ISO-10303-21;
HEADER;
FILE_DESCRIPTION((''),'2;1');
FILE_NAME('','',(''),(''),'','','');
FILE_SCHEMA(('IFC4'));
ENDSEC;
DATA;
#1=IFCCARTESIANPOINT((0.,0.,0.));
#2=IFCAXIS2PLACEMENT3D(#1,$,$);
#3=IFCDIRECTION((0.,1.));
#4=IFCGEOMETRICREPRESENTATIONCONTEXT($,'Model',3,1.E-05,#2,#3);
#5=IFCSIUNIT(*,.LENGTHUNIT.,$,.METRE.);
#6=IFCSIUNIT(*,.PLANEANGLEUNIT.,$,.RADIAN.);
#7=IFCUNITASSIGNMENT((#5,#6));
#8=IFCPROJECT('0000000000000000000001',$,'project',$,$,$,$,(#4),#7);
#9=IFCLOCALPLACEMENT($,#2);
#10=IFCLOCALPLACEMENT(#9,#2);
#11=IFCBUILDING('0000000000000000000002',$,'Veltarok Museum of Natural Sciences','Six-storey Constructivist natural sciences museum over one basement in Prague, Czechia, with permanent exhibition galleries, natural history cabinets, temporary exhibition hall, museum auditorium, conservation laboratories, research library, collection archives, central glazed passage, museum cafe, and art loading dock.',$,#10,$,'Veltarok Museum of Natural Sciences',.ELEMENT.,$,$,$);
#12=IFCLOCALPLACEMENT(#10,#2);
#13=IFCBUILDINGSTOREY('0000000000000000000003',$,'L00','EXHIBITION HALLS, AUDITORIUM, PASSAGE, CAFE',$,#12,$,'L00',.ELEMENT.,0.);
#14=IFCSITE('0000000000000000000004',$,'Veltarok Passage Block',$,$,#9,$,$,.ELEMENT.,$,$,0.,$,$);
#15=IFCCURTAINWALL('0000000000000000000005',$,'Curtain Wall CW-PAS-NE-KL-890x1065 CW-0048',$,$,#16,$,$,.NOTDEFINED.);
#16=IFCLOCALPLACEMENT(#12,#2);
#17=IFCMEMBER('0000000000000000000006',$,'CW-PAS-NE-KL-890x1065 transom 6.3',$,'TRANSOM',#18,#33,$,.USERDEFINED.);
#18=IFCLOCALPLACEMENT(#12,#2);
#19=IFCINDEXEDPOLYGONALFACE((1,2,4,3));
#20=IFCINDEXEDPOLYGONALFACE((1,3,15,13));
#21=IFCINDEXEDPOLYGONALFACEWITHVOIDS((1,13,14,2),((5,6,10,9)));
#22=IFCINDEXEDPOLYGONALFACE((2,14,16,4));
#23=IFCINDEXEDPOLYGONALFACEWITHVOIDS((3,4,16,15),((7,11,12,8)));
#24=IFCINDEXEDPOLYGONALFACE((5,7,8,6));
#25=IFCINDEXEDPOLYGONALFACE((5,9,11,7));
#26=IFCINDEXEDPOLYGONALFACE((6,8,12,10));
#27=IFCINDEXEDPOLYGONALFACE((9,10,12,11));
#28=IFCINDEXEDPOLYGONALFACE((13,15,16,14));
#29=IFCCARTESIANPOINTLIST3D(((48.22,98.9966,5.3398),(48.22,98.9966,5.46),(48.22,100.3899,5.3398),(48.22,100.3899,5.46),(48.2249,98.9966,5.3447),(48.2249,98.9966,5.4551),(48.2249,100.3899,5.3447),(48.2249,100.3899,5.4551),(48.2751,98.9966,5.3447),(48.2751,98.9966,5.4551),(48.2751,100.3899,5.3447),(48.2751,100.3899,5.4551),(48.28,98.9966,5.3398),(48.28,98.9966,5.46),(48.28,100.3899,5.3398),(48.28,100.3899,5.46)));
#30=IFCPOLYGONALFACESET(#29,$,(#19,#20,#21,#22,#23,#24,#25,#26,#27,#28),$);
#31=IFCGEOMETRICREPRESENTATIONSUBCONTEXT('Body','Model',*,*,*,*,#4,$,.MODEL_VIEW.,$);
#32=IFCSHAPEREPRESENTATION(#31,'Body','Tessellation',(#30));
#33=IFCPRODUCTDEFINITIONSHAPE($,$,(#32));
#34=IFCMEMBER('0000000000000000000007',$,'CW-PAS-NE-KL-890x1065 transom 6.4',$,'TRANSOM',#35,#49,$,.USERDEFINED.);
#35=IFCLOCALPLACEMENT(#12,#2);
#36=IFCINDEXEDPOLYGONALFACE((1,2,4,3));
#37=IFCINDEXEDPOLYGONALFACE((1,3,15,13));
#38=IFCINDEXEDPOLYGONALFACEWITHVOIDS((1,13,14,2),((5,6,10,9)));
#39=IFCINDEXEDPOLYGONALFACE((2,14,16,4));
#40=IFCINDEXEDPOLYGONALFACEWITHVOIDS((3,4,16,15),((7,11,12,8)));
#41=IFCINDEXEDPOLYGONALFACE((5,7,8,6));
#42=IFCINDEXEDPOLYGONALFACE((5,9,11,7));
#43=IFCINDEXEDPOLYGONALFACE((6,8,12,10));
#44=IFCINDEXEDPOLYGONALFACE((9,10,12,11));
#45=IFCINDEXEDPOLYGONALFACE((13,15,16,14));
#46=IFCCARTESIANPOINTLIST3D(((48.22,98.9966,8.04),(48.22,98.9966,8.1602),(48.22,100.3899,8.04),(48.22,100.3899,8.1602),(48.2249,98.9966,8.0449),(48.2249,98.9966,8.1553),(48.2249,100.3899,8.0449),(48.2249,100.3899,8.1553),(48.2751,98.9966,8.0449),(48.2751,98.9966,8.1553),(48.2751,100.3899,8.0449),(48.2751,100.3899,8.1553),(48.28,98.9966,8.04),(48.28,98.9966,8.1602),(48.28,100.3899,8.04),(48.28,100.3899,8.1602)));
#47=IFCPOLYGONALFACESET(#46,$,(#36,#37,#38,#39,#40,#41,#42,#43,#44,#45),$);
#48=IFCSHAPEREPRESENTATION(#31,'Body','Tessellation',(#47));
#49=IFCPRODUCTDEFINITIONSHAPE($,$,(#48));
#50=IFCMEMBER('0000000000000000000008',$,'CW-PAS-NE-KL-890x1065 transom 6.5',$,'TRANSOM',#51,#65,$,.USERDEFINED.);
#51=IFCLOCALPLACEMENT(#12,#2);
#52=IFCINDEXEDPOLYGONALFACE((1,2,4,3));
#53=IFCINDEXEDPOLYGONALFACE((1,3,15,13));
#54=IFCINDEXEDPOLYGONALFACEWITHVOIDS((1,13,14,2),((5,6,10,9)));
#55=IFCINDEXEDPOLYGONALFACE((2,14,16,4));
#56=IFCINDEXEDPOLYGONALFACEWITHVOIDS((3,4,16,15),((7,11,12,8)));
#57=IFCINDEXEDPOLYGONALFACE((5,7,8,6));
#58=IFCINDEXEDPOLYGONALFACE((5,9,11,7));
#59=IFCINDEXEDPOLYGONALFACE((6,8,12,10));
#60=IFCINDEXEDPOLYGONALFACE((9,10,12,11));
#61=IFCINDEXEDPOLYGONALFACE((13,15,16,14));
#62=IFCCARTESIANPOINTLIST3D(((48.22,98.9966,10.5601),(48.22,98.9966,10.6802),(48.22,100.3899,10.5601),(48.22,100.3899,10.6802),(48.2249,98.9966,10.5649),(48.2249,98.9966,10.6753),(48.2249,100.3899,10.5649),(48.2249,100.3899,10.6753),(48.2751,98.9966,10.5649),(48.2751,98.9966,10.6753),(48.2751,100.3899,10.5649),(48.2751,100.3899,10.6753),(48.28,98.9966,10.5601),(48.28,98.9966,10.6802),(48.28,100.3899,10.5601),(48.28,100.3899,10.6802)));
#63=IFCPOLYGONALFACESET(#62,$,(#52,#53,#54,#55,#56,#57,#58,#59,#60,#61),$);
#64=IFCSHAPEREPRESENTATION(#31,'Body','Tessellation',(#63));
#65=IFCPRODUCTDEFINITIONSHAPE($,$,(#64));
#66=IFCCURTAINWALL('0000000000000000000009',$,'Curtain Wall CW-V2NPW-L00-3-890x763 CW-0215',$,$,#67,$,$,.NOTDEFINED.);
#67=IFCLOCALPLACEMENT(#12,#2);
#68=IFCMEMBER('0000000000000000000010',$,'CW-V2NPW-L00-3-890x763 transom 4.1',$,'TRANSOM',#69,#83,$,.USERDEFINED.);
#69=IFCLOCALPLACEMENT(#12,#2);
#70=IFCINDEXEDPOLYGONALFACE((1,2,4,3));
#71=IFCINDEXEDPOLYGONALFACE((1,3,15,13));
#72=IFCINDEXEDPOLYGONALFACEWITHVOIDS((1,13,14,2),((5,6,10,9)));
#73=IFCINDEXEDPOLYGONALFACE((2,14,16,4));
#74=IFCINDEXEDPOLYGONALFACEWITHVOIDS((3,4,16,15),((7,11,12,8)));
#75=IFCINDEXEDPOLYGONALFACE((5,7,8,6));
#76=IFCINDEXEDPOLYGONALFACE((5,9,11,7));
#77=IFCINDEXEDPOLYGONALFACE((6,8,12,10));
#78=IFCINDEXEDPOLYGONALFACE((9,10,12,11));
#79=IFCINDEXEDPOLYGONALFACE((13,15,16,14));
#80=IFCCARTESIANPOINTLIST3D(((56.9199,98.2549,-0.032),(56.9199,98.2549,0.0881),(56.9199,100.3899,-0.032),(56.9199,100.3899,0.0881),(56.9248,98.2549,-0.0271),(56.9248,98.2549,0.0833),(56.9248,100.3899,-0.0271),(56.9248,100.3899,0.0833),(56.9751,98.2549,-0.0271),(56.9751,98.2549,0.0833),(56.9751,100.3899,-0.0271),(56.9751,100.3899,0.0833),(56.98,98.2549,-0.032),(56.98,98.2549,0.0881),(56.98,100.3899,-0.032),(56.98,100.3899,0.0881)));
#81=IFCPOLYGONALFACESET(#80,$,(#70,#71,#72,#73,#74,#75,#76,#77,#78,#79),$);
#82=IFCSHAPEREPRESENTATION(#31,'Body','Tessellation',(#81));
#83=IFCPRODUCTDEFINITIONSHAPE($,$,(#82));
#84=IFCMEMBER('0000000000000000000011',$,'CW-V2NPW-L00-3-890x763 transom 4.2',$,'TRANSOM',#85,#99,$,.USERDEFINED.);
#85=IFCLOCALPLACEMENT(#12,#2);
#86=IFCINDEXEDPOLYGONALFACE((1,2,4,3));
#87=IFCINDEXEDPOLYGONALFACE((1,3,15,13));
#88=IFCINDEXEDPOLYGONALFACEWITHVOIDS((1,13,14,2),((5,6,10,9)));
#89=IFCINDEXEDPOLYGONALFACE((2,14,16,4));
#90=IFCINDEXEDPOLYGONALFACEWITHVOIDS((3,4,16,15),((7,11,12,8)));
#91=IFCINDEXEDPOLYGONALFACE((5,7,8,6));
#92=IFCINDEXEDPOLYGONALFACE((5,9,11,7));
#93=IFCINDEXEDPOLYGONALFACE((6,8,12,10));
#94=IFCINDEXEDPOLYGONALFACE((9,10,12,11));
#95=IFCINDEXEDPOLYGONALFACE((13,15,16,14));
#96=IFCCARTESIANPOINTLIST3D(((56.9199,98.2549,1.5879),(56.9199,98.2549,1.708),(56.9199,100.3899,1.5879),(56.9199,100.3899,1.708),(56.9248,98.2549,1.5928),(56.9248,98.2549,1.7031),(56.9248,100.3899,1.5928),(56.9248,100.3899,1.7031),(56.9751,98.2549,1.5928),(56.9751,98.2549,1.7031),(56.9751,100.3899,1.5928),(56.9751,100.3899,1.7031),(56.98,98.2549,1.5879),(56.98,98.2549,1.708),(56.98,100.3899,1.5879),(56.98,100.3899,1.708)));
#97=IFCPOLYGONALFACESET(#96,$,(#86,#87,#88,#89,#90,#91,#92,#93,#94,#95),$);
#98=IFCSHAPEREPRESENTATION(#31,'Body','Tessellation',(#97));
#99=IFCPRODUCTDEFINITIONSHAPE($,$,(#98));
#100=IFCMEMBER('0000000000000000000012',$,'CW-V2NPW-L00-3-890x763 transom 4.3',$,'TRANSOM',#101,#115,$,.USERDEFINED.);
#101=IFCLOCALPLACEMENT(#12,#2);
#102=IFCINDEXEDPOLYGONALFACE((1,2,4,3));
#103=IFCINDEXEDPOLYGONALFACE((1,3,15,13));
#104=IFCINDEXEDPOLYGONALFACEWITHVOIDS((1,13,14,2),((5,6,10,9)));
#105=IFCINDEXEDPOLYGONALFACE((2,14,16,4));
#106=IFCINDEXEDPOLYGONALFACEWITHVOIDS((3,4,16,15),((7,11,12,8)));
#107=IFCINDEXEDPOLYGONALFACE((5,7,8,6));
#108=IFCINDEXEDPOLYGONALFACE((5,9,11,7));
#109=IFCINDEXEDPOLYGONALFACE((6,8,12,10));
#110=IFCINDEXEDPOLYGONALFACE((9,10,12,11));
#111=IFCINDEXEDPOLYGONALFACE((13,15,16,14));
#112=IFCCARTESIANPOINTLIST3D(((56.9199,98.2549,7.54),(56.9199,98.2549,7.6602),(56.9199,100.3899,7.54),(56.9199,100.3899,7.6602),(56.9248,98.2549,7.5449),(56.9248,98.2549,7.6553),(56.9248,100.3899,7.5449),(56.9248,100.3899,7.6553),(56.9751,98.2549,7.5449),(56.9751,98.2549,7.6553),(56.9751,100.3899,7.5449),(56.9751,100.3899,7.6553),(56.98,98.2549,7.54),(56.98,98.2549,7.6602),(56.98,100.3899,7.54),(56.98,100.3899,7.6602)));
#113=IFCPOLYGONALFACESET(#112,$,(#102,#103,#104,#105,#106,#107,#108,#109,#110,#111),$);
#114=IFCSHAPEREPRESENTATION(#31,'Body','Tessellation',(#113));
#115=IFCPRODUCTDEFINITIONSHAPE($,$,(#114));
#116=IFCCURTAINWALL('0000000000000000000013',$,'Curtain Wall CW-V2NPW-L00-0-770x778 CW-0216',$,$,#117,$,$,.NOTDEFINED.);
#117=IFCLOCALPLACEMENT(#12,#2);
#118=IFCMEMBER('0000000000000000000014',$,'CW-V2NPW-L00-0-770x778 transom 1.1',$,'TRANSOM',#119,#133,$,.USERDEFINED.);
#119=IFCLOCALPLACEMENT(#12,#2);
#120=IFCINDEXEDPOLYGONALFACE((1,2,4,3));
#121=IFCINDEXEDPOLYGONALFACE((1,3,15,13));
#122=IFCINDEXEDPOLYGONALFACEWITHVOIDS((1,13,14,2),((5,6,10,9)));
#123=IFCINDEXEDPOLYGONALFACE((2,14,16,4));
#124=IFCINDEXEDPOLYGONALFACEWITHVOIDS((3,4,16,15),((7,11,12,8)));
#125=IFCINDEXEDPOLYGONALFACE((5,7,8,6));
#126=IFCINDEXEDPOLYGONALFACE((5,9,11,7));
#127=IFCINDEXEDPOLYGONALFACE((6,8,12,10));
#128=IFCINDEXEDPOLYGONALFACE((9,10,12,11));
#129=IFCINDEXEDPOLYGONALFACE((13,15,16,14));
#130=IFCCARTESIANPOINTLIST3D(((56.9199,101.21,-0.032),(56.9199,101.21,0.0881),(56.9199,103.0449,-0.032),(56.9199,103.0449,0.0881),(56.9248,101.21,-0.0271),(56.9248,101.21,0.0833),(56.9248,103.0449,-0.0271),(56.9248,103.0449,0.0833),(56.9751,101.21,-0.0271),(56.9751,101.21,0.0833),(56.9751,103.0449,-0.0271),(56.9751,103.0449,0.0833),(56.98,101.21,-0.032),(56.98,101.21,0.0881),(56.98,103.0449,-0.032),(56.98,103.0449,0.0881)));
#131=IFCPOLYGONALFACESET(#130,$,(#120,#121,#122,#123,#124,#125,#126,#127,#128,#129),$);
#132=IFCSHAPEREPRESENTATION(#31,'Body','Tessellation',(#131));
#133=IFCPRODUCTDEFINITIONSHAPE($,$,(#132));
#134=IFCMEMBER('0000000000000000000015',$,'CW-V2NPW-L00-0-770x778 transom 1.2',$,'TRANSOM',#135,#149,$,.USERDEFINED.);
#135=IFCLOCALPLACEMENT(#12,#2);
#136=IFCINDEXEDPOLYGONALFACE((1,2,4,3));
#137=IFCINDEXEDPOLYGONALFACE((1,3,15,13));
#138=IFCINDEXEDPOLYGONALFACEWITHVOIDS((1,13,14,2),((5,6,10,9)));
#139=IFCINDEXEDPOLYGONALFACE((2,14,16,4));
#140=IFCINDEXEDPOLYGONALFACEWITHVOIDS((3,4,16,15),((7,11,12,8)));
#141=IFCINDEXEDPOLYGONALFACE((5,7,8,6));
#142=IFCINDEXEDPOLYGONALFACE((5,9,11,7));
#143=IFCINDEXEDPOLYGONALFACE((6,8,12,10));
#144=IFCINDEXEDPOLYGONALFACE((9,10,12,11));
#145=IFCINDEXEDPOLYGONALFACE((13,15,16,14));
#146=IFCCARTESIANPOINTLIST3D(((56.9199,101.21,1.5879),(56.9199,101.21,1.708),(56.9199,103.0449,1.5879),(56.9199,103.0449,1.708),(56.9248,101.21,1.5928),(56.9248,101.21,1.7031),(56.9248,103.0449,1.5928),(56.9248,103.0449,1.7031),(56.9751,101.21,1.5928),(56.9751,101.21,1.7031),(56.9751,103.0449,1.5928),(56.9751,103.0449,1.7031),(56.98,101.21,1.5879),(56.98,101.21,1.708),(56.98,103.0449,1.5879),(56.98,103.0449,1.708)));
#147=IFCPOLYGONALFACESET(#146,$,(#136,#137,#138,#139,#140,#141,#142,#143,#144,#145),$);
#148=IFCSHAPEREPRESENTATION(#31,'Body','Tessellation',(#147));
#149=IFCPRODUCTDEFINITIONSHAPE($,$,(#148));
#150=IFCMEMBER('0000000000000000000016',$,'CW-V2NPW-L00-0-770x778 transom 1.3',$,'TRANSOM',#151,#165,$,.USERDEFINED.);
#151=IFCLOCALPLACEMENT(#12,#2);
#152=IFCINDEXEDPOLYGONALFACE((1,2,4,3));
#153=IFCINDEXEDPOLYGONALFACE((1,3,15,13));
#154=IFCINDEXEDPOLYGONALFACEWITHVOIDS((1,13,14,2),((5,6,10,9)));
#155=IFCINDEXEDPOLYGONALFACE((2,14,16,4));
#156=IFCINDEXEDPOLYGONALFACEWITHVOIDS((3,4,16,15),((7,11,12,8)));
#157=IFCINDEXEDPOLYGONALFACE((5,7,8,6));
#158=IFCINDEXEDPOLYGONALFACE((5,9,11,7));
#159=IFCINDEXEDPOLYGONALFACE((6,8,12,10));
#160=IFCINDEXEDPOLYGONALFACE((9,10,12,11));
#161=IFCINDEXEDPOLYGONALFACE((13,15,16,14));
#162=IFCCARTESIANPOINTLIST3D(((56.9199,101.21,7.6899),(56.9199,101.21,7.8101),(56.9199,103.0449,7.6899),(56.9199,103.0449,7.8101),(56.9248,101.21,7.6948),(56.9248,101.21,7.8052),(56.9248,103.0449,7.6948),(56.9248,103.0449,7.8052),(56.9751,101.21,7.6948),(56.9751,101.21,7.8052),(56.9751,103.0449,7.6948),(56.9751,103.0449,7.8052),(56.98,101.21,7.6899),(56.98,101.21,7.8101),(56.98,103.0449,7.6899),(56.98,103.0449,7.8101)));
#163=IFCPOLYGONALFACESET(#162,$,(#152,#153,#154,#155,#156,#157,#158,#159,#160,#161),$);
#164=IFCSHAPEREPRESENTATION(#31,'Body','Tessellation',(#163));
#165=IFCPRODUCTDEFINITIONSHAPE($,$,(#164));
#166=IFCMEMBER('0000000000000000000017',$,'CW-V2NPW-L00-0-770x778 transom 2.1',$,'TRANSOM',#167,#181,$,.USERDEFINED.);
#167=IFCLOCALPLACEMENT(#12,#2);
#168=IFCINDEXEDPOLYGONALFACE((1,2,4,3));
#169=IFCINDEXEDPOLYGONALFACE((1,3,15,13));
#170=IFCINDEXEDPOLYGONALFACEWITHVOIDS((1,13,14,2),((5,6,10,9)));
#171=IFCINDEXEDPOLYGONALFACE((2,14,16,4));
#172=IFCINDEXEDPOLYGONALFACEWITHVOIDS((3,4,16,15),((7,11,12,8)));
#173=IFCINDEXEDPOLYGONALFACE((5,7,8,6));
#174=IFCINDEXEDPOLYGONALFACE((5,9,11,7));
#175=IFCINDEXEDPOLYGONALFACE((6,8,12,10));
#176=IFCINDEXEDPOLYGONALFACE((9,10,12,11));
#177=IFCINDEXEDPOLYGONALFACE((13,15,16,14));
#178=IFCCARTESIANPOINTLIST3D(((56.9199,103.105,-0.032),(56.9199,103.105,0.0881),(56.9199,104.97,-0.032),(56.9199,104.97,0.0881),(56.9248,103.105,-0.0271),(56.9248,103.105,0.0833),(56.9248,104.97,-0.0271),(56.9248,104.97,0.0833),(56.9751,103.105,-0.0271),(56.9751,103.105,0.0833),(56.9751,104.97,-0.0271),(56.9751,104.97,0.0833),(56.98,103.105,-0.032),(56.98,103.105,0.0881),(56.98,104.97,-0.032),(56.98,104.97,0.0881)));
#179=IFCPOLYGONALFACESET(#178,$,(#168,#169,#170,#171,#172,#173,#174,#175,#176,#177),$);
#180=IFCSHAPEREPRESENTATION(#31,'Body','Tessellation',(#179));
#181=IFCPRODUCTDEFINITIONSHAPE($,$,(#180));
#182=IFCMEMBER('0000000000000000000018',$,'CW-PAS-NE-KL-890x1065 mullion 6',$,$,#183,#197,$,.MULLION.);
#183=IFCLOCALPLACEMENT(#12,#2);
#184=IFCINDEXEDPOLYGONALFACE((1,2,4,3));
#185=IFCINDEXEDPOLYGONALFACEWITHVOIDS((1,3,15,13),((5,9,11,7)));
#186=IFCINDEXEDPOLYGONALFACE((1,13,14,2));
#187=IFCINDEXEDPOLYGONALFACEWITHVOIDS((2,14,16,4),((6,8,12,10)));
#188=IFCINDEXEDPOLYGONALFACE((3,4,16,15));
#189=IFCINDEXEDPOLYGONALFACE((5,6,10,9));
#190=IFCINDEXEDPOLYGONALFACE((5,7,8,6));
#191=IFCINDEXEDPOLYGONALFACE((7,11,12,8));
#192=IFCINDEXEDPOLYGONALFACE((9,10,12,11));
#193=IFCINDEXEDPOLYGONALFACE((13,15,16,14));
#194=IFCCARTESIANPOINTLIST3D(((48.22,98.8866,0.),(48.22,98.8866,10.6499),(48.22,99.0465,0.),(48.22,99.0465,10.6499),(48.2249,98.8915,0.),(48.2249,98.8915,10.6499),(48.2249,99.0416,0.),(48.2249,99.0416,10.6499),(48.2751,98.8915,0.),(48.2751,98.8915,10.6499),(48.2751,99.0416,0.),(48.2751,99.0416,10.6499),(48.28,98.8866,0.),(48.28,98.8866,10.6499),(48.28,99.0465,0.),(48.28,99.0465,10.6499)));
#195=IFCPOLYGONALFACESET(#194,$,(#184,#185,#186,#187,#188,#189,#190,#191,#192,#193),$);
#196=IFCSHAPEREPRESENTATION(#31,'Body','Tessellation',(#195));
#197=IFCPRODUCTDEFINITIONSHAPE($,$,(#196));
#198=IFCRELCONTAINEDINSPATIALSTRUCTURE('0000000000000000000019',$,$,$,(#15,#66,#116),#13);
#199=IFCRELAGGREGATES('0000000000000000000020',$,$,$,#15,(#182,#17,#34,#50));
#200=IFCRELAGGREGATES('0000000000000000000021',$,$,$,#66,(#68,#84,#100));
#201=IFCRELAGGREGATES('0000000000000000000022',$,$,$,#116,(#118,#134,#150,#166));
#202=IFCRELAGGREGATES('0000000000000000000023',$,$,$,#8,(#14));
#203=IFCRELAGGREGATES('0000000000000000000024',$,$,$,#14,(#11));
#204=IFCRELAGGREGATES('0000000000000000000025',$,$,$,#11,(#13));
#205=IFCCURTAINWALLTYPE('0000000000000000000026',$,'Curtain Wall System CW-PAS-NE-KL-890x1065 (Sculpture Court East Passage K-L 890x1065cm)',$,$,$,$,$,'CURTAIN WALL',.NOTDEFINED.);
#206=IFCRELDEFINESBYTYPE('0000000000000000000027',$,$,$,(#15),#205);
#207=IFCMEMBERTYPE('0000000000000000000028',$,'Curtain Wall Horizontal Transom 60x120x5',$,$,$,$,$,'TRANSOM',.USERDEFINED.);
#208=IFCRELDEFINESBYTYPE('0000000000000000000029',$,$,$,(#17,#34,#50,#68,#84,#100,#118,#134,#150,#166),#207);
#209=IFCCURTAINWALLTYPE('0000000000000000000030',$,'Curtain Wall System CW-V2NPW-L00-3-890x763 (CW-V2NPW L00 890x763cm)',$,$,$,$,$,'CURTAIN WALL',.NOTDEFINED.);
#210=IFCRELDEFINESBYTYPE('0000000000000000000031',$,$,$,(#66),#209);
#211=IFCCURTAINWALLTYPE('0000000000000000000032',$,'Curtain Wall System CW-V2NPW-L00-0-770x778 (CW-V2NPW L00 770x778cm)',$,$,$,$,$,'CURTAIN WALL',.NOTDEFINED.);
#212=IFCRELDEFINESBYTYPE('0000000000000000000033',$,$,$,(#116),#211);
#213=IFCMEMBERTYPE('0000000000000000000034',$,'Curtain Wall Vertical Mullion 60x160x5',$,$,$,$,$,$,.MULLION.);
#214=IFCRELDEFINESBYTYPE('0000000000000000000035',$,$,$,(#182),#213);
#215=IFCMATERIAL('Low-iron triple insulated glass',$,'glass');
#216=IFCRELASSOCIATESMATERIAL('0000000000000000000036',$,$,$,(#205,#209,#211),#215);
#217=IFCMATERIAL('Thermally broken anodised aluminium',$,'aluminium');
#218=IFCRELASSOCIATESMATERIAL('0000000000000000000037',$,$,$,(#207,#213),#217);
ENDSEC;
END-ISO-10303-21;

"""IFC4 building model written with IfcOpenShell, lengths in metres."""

from ifc_helpers import new_model, si_unit, direction, frame, origin, origin_2d, place, context, subcontext, project, spatial, hollow_rectangle, extrude, material, material_profile, profile_set, type_object, element, aggregate, save


model = new_model("IFC4")

# Units and contexts
model_context = context("Model", 3, precision=1e-05, world=origin(), true_north=direction((0.0, 1.0)))
body_context = subcontext(model_context, "Body", "Model", "MODEL_VIEW")
ifc_project = project(units=[si_unit("LENGTHUNIT", "METRE"), si_unit("PLANEANGLEUNIT", "RADIAN")], contexts=[model_context])

# Site, building, storey
site_placement = place(None, origin())
site = spatial("IfcSite", under=ifc_project, at=site_placement, Name="Veltarok Passage Block", CompositionType="ELEMENT", RefElevation=0.0)
building_placement = place(site_placement, origin())
building = spatial("IfcBuilding", under=site, at=building_placement, Name="Veltarok Museum of Natural Sciences", Description="Six-storey Constructivist natural sciences museum over one basement in Prague, Czechia, with permanent exhibition galleries, natural history cabinets, temporary exhibition hall, museum auditorium, conservation laboratories, research library, collection archives, central glazed passage, museum cafe, and art loading dock.", LongName="Veltarok Museum of Natural Sciences", CompositionType="ELEMENT")
storey_placement = place(building_placement, origin())
storey = spatial("IfcBuildingStorey", under=building, at=storey_placement, Name="L00", Description="EXHIBITION HALLS, AUDITORIUM, PASSAGE, CAFE", LongName="L00", CompositionType="ELEMENT", Elevation=0.0)

# Curtain walls, members
ifc_material_1 = material(Name="Low-iron triple insulated glass", Category="glass")
curtain_wall_type_1 = type_object("IfcCurtainWallType", Name="Curtain Wall System CW-PAS-NE-KL-890x1065 (Sculpture Court East Passage K-L 890x1065cm)", ElementType="CURTAIN WALL", PredefinedType="NOTDEFINED", material=ifc_material_1)
curtain_wall_1_placement = place(storey_placement, origin())
curtain_wall_1 = element("IfcCurtainWall", 1, at=curtain_wall_1_placement, inside=storey, type_object=curtain_wall_type_1, Name="Curtain Wall CW-PAS-NE-KL-890x1065 CW-0048", PredefinedType="NOTDEFINED")
ifc_material_2 = material(Name="Thermally broken anodised aluminium", Category="aluminium")
ifc_material_profile_1 = material_profile(ifc_material_2, hollow_rectangle(XDim=0.0601, YDim=0.1201, WallThickness=0.0049, at=origin_2d()), Name="CW TRANSOM 60x120x5")
ifc_profile_set_1 = profile_set([ifc_material_profile_1], Name="Thermally broken anodised aluminium")
member_type_1 = type_object("IfcMemberType", Name="Curtain Wall Horizontal Transom 60x120x5", ElementType="TRANSOM", PredefinedType="USERDEFINED", material=ifc_profile_set_1)
member_1_placement = place(storey_placement, frame((48.25, 98.9966, 5.3999), z_axis=(0.0, 1.0, 0.0), x_axis=(-1.0, 0.0, 0.0)))
member_1 = element("IfcMember", 2, at=member_1_placement, type_object=member_type_1, Name="CW-PAS-NE-KL-890x1065 transom 6.3", ObjectType="TRANSOM", PredefinedType="USERDEFINED", context=body_context, shape_type="SweptSolid", body=[
    extrude(hollow_rectangle(XDim=0.0601, YDim=0.1201, WallThickness=0.0049, at=origin_2d()), origin(), (0.0, 0.0, 1.0), 1.3933),
])
member_2_placement = place(storey_placement, frame((48.25, 98.9966, 8.1001), z_axis=(0.0, 1.0, 0.0), x_axis=(-1.0, 0.0, 0.0)))
member_2 = element("IfcMember", 3, at=member_2_placement, type_object=member_type_1, Name="CW-PAS-NE-KL-890x1065 transom 6.4", ObjectType="TRANSOM", PredefinedType="USERDEFINED", context=body_context, shape_type="SweptSolid", body=[
    extrude(hollow_rectangle(XDim=0.0601, YDim=0.1201, WallThickness=0.0049, at=origin_2d()), origin(), (0.0, 0.0, 1.0), 1.3933),
])
member_3_placement = place(storey_placement, frame((48.25, 98.9966, 10.6201), z_axis=(0.0, 1.0, 0.0), x_axis=(-1.0, 0.0, 0.0)))
member_3 = element("IfcMember", 4, at=member_3_placement, type_object=member_type_1, Name="CW-PAS-NE-KL-890x1065 transom 6.5", ObjectType="TRANSOM", PredefinedType="USERDEFINED", context=body_context, shape_type="SweptSolid", body=[
    extrude(hollow_rectangle(XDim=0.0601, YDim=0.1201, WallThickness=0.0049, at=origin_2d()), origin(), (0.0, 0.0, 1.0), 1.3933),
])
curtain_wall_type_2 = type_object("IfcCurtainWallType", Name="Curtain Wall System CW-V2NPW-L00-3-890x763 (CW-V2NPW L00 890x763cm)", ElementType="CURTAIN WALL", PredefinedType="NOTDEFINED", material=ifc_material_1)
curtain_wall_2_placement = place(storey_placement, origin())
curtain_wall_2 = element("IfcCurtainWall", 5, at=curtain_wall_2_placement, inside=storey, type_object=curtain_wall_type_2, Name="Curtain Wall CW-V2NPW-L00-3-890x763 CW-0215", PredefinedType="NOTDEFINED")
member_4_placement = place(storey_placement, frame((56.95, 98.2549, 0.0281), z_axis=(0.0, 1.0, 0.0), x_axis=(-1.0, 0.0, 0.0)))
member_4 = element("IfcMember", 6, at=member_4_placement, type_object=member_type_1, Name="CW-V2NPW-L00-3-890x763 transom 4.1", ObjectType="TRANSOM", PredefinedType="USERDEFINED", context=body_context, shape_type="SweptSolid", body=[
    extrude(hollow_rectangle(XDim=0.0601, YDim=0.1201, WallThickness=0.0049, at=origin_2d()), origin(), (0.0, 0.0, 1.0), 2.135),
])
member_5_placement = place(storey_placement, frame((56.95, 98.2549, 1.6479), z_axis=(0.0, 1.0, 0.0), x_axis=(-1.0, 0.0, 0.0)))
member_5 = element("IfcMember", 7, at=member_5_placement, type_object=member_type_1, Name="CW-V2NPW-L00-3-890x763 transom 4.2", ObjectType="TRANSOM", PredefinedType="USERDEFINED", context=body_context, shape_type="SweptSolid", body=[
    extrude(hollow_rectangle(XDim=0.0601, YDim=0.1201, WallThickness=0.0049, at=origin_2d()), origin(), (0.0, 0.0, 1.0), 2.135),
])
member_6_placement = place(storey_placement, frame((56.95, 98.2549, 7.6001), z_axis=(0.0, 1.0, 0.0), x_axis=(-1.0, 0.0, 0.0)))
member_6 = element("IfcMember", 8, at=member_6_placement, type_object=member_type_1, Name="CW-V2NPW-L00-3-890x763 transom 4.3", ObjectType="TRANSOM", PredefinedType="USERDEFINED", context=body_context, shape_type="SweptSolid", body=[
    extrude(hollow_rectangle(XDim=0.0601, YDim=0.1201, WallThickness=0.0049, at=origin_2d()), origin(), (0.0, 0.0, 1.0), 2.135),
])
curtain_wall_type_3 = type_object("IfcCurtainWallType", Name="Curtain Wall System CW-V2NPW-L00-0-770x778 (CW-V2NPW L00 770x778cm)", ElementType="CURTAIN WALL", PredefinedType="NOTDEFINED", material=ifc_material_1)
curtain_wall_3_placement = place(storey_placement, origin())
curtain_wall_3 = element("IfcCurtainWall", 9, at=curtain_wall_3_placement, inside=storey, type_object=curtain_wall_type_3, Name="Curtain Wall CW-V2NPW-L00-0-770x778 CW-0216", PredefinedType="NOTDEFINED")
member_7_placement = place(storey_placement, frame((56.95, 101.21, 0.0281), z_axis=(0.0, 1.0, 0.0), x_axis=(-1.0, 0.0, 0.0)))
member_7 = element("IfcMember", 10, at=member_7_placement, type_object=member_type_1, Name="CW-V2NPW-L00-0-770x778 transom 1.1", ObjectType="TRANSOM", PredefinedType="USERDEFINED", context=body_context, shape_type="SweptSolid", body=[
    extrude(hollow_rectangle(XDim=0.0601, YDim=0.1201, WallThickness=0.0049, at=origin_2d()), origin(), (0.0, 0.0, 1.0), 1.835),
])
member_8_placement = place(storey_placement, frame((56.95, 101.21, 1.6479), z_axis=(0.0, 1.0, 0.0), x_axis=(-1.0, 0.0, 0.0)))
member_8 = element("IfcMember", 11, at=member_8_placement, type_object=member_type_1, Name="CW-V2NPW-L00-0-770x778 transom 1.2", ObjectType="TRANSOM", PredefinedType="USERDEFINED", context=body_context, shape_type="SweptSolid", body=[
    extrude(hollow_rectangle(XDim=0.0601, YDim=0.1201, WallThickness=0.0049, at=origin_2d()), origin(), (0.0, 0.0, 1.0), 1.835),
])
member_9_placement = place(storey_placement, frame((56.95, 101.21, 7.75), z_axis=(0.0, 1.0, 0.0), x_axis=(-1.0, 0.0, 0.0)))
member_9 = element("IfcMember", 12, at=member_9_placement, type_object=member_type_1, Name="CW-V2NPW-L00-0-770x778 transom 1.3", ObjectType="TRANSOM", PredefinedType="USERDEFINED", context=body_context, shape_type="SweptSolid", body=[
    extrude(hollow_rectangle(XDim=0.0601, YDim=0.1201, WallThickness=0.0049, at=origin_2d()), origin(), (0.0, 0.0, 1.0), 1.835),
])
member_10_placement = place(storey_placement, frame((56.95, 103.105, 0.0281), z_axis=(0.0, 1.0, 0.0), x_axis=(-1.0, 0.0, 0.0)))
member_10 = element("IfcMember", 13, at=member_10_placement, type_object=member_type_1, Name="CW-V2NPW-L00-0-770x778 transom 2.1", ObjectType="TRANSOM", PredefinedType="USERDEFINED", context=body_context, shape_type="SweptSolid", body=[
    extrude(hollow_rectangle(XDim=0.0601, YDim=0.1201, WallThickness=0.0049, at=origin_2d()), origin(), (0.0, 0.0, 1.0), 1.865),
])

# Member
ifc_material_profile_2 = material_profile(ifc_material_2, hollow_rectangle(XDim=0.0601, YDim=0.1599, WallThickness=0.0049, at=origin_2d()), Name="CW MULLION 60x160x5")
ifc_profile_set_2 = profile_set([ifc_material_profile_2], Name="Thermally broken anodised aluminium")
member_type_2 = type_object("IfcMemberType", Name="Curtain Wall Vertical Mullion 60x160x5", PredefinedType="MULLION", material=ifc_profile_set_2)
member_11_placement = place(storey_placement, frame((48.25, 98.9666, 0.0), z_axis=(0.0, 0.0, 1.0), x_axis=(-1.0, 0.0, 0.0)))
member_11 = element("IfcMember", 14, at=member_11_placement, type_object=member_type_2, Name="CW-PAS-NE-KL-890x1065 mullion 6", PredefinedType="MULLION", context=body_context, shape_type="SweptSolid", body=[
    extrude(hollow_rectangle(XDim=0.0601, YDim=0.1599, WallThickness=0.0049, at=origin_2d()), origin(), (0.0, 0.0, 1.0), 10.6499),
])

aggregate(curtain_wall_1, [member_11, member_1, member_2, member_3])
aggregate(curtain_wall_2, [member_4, member_5, member_6])
aggregate(curtain_wall_3, [member_7, member_8, member_9, member_10])

save(model, "model.ifc")
